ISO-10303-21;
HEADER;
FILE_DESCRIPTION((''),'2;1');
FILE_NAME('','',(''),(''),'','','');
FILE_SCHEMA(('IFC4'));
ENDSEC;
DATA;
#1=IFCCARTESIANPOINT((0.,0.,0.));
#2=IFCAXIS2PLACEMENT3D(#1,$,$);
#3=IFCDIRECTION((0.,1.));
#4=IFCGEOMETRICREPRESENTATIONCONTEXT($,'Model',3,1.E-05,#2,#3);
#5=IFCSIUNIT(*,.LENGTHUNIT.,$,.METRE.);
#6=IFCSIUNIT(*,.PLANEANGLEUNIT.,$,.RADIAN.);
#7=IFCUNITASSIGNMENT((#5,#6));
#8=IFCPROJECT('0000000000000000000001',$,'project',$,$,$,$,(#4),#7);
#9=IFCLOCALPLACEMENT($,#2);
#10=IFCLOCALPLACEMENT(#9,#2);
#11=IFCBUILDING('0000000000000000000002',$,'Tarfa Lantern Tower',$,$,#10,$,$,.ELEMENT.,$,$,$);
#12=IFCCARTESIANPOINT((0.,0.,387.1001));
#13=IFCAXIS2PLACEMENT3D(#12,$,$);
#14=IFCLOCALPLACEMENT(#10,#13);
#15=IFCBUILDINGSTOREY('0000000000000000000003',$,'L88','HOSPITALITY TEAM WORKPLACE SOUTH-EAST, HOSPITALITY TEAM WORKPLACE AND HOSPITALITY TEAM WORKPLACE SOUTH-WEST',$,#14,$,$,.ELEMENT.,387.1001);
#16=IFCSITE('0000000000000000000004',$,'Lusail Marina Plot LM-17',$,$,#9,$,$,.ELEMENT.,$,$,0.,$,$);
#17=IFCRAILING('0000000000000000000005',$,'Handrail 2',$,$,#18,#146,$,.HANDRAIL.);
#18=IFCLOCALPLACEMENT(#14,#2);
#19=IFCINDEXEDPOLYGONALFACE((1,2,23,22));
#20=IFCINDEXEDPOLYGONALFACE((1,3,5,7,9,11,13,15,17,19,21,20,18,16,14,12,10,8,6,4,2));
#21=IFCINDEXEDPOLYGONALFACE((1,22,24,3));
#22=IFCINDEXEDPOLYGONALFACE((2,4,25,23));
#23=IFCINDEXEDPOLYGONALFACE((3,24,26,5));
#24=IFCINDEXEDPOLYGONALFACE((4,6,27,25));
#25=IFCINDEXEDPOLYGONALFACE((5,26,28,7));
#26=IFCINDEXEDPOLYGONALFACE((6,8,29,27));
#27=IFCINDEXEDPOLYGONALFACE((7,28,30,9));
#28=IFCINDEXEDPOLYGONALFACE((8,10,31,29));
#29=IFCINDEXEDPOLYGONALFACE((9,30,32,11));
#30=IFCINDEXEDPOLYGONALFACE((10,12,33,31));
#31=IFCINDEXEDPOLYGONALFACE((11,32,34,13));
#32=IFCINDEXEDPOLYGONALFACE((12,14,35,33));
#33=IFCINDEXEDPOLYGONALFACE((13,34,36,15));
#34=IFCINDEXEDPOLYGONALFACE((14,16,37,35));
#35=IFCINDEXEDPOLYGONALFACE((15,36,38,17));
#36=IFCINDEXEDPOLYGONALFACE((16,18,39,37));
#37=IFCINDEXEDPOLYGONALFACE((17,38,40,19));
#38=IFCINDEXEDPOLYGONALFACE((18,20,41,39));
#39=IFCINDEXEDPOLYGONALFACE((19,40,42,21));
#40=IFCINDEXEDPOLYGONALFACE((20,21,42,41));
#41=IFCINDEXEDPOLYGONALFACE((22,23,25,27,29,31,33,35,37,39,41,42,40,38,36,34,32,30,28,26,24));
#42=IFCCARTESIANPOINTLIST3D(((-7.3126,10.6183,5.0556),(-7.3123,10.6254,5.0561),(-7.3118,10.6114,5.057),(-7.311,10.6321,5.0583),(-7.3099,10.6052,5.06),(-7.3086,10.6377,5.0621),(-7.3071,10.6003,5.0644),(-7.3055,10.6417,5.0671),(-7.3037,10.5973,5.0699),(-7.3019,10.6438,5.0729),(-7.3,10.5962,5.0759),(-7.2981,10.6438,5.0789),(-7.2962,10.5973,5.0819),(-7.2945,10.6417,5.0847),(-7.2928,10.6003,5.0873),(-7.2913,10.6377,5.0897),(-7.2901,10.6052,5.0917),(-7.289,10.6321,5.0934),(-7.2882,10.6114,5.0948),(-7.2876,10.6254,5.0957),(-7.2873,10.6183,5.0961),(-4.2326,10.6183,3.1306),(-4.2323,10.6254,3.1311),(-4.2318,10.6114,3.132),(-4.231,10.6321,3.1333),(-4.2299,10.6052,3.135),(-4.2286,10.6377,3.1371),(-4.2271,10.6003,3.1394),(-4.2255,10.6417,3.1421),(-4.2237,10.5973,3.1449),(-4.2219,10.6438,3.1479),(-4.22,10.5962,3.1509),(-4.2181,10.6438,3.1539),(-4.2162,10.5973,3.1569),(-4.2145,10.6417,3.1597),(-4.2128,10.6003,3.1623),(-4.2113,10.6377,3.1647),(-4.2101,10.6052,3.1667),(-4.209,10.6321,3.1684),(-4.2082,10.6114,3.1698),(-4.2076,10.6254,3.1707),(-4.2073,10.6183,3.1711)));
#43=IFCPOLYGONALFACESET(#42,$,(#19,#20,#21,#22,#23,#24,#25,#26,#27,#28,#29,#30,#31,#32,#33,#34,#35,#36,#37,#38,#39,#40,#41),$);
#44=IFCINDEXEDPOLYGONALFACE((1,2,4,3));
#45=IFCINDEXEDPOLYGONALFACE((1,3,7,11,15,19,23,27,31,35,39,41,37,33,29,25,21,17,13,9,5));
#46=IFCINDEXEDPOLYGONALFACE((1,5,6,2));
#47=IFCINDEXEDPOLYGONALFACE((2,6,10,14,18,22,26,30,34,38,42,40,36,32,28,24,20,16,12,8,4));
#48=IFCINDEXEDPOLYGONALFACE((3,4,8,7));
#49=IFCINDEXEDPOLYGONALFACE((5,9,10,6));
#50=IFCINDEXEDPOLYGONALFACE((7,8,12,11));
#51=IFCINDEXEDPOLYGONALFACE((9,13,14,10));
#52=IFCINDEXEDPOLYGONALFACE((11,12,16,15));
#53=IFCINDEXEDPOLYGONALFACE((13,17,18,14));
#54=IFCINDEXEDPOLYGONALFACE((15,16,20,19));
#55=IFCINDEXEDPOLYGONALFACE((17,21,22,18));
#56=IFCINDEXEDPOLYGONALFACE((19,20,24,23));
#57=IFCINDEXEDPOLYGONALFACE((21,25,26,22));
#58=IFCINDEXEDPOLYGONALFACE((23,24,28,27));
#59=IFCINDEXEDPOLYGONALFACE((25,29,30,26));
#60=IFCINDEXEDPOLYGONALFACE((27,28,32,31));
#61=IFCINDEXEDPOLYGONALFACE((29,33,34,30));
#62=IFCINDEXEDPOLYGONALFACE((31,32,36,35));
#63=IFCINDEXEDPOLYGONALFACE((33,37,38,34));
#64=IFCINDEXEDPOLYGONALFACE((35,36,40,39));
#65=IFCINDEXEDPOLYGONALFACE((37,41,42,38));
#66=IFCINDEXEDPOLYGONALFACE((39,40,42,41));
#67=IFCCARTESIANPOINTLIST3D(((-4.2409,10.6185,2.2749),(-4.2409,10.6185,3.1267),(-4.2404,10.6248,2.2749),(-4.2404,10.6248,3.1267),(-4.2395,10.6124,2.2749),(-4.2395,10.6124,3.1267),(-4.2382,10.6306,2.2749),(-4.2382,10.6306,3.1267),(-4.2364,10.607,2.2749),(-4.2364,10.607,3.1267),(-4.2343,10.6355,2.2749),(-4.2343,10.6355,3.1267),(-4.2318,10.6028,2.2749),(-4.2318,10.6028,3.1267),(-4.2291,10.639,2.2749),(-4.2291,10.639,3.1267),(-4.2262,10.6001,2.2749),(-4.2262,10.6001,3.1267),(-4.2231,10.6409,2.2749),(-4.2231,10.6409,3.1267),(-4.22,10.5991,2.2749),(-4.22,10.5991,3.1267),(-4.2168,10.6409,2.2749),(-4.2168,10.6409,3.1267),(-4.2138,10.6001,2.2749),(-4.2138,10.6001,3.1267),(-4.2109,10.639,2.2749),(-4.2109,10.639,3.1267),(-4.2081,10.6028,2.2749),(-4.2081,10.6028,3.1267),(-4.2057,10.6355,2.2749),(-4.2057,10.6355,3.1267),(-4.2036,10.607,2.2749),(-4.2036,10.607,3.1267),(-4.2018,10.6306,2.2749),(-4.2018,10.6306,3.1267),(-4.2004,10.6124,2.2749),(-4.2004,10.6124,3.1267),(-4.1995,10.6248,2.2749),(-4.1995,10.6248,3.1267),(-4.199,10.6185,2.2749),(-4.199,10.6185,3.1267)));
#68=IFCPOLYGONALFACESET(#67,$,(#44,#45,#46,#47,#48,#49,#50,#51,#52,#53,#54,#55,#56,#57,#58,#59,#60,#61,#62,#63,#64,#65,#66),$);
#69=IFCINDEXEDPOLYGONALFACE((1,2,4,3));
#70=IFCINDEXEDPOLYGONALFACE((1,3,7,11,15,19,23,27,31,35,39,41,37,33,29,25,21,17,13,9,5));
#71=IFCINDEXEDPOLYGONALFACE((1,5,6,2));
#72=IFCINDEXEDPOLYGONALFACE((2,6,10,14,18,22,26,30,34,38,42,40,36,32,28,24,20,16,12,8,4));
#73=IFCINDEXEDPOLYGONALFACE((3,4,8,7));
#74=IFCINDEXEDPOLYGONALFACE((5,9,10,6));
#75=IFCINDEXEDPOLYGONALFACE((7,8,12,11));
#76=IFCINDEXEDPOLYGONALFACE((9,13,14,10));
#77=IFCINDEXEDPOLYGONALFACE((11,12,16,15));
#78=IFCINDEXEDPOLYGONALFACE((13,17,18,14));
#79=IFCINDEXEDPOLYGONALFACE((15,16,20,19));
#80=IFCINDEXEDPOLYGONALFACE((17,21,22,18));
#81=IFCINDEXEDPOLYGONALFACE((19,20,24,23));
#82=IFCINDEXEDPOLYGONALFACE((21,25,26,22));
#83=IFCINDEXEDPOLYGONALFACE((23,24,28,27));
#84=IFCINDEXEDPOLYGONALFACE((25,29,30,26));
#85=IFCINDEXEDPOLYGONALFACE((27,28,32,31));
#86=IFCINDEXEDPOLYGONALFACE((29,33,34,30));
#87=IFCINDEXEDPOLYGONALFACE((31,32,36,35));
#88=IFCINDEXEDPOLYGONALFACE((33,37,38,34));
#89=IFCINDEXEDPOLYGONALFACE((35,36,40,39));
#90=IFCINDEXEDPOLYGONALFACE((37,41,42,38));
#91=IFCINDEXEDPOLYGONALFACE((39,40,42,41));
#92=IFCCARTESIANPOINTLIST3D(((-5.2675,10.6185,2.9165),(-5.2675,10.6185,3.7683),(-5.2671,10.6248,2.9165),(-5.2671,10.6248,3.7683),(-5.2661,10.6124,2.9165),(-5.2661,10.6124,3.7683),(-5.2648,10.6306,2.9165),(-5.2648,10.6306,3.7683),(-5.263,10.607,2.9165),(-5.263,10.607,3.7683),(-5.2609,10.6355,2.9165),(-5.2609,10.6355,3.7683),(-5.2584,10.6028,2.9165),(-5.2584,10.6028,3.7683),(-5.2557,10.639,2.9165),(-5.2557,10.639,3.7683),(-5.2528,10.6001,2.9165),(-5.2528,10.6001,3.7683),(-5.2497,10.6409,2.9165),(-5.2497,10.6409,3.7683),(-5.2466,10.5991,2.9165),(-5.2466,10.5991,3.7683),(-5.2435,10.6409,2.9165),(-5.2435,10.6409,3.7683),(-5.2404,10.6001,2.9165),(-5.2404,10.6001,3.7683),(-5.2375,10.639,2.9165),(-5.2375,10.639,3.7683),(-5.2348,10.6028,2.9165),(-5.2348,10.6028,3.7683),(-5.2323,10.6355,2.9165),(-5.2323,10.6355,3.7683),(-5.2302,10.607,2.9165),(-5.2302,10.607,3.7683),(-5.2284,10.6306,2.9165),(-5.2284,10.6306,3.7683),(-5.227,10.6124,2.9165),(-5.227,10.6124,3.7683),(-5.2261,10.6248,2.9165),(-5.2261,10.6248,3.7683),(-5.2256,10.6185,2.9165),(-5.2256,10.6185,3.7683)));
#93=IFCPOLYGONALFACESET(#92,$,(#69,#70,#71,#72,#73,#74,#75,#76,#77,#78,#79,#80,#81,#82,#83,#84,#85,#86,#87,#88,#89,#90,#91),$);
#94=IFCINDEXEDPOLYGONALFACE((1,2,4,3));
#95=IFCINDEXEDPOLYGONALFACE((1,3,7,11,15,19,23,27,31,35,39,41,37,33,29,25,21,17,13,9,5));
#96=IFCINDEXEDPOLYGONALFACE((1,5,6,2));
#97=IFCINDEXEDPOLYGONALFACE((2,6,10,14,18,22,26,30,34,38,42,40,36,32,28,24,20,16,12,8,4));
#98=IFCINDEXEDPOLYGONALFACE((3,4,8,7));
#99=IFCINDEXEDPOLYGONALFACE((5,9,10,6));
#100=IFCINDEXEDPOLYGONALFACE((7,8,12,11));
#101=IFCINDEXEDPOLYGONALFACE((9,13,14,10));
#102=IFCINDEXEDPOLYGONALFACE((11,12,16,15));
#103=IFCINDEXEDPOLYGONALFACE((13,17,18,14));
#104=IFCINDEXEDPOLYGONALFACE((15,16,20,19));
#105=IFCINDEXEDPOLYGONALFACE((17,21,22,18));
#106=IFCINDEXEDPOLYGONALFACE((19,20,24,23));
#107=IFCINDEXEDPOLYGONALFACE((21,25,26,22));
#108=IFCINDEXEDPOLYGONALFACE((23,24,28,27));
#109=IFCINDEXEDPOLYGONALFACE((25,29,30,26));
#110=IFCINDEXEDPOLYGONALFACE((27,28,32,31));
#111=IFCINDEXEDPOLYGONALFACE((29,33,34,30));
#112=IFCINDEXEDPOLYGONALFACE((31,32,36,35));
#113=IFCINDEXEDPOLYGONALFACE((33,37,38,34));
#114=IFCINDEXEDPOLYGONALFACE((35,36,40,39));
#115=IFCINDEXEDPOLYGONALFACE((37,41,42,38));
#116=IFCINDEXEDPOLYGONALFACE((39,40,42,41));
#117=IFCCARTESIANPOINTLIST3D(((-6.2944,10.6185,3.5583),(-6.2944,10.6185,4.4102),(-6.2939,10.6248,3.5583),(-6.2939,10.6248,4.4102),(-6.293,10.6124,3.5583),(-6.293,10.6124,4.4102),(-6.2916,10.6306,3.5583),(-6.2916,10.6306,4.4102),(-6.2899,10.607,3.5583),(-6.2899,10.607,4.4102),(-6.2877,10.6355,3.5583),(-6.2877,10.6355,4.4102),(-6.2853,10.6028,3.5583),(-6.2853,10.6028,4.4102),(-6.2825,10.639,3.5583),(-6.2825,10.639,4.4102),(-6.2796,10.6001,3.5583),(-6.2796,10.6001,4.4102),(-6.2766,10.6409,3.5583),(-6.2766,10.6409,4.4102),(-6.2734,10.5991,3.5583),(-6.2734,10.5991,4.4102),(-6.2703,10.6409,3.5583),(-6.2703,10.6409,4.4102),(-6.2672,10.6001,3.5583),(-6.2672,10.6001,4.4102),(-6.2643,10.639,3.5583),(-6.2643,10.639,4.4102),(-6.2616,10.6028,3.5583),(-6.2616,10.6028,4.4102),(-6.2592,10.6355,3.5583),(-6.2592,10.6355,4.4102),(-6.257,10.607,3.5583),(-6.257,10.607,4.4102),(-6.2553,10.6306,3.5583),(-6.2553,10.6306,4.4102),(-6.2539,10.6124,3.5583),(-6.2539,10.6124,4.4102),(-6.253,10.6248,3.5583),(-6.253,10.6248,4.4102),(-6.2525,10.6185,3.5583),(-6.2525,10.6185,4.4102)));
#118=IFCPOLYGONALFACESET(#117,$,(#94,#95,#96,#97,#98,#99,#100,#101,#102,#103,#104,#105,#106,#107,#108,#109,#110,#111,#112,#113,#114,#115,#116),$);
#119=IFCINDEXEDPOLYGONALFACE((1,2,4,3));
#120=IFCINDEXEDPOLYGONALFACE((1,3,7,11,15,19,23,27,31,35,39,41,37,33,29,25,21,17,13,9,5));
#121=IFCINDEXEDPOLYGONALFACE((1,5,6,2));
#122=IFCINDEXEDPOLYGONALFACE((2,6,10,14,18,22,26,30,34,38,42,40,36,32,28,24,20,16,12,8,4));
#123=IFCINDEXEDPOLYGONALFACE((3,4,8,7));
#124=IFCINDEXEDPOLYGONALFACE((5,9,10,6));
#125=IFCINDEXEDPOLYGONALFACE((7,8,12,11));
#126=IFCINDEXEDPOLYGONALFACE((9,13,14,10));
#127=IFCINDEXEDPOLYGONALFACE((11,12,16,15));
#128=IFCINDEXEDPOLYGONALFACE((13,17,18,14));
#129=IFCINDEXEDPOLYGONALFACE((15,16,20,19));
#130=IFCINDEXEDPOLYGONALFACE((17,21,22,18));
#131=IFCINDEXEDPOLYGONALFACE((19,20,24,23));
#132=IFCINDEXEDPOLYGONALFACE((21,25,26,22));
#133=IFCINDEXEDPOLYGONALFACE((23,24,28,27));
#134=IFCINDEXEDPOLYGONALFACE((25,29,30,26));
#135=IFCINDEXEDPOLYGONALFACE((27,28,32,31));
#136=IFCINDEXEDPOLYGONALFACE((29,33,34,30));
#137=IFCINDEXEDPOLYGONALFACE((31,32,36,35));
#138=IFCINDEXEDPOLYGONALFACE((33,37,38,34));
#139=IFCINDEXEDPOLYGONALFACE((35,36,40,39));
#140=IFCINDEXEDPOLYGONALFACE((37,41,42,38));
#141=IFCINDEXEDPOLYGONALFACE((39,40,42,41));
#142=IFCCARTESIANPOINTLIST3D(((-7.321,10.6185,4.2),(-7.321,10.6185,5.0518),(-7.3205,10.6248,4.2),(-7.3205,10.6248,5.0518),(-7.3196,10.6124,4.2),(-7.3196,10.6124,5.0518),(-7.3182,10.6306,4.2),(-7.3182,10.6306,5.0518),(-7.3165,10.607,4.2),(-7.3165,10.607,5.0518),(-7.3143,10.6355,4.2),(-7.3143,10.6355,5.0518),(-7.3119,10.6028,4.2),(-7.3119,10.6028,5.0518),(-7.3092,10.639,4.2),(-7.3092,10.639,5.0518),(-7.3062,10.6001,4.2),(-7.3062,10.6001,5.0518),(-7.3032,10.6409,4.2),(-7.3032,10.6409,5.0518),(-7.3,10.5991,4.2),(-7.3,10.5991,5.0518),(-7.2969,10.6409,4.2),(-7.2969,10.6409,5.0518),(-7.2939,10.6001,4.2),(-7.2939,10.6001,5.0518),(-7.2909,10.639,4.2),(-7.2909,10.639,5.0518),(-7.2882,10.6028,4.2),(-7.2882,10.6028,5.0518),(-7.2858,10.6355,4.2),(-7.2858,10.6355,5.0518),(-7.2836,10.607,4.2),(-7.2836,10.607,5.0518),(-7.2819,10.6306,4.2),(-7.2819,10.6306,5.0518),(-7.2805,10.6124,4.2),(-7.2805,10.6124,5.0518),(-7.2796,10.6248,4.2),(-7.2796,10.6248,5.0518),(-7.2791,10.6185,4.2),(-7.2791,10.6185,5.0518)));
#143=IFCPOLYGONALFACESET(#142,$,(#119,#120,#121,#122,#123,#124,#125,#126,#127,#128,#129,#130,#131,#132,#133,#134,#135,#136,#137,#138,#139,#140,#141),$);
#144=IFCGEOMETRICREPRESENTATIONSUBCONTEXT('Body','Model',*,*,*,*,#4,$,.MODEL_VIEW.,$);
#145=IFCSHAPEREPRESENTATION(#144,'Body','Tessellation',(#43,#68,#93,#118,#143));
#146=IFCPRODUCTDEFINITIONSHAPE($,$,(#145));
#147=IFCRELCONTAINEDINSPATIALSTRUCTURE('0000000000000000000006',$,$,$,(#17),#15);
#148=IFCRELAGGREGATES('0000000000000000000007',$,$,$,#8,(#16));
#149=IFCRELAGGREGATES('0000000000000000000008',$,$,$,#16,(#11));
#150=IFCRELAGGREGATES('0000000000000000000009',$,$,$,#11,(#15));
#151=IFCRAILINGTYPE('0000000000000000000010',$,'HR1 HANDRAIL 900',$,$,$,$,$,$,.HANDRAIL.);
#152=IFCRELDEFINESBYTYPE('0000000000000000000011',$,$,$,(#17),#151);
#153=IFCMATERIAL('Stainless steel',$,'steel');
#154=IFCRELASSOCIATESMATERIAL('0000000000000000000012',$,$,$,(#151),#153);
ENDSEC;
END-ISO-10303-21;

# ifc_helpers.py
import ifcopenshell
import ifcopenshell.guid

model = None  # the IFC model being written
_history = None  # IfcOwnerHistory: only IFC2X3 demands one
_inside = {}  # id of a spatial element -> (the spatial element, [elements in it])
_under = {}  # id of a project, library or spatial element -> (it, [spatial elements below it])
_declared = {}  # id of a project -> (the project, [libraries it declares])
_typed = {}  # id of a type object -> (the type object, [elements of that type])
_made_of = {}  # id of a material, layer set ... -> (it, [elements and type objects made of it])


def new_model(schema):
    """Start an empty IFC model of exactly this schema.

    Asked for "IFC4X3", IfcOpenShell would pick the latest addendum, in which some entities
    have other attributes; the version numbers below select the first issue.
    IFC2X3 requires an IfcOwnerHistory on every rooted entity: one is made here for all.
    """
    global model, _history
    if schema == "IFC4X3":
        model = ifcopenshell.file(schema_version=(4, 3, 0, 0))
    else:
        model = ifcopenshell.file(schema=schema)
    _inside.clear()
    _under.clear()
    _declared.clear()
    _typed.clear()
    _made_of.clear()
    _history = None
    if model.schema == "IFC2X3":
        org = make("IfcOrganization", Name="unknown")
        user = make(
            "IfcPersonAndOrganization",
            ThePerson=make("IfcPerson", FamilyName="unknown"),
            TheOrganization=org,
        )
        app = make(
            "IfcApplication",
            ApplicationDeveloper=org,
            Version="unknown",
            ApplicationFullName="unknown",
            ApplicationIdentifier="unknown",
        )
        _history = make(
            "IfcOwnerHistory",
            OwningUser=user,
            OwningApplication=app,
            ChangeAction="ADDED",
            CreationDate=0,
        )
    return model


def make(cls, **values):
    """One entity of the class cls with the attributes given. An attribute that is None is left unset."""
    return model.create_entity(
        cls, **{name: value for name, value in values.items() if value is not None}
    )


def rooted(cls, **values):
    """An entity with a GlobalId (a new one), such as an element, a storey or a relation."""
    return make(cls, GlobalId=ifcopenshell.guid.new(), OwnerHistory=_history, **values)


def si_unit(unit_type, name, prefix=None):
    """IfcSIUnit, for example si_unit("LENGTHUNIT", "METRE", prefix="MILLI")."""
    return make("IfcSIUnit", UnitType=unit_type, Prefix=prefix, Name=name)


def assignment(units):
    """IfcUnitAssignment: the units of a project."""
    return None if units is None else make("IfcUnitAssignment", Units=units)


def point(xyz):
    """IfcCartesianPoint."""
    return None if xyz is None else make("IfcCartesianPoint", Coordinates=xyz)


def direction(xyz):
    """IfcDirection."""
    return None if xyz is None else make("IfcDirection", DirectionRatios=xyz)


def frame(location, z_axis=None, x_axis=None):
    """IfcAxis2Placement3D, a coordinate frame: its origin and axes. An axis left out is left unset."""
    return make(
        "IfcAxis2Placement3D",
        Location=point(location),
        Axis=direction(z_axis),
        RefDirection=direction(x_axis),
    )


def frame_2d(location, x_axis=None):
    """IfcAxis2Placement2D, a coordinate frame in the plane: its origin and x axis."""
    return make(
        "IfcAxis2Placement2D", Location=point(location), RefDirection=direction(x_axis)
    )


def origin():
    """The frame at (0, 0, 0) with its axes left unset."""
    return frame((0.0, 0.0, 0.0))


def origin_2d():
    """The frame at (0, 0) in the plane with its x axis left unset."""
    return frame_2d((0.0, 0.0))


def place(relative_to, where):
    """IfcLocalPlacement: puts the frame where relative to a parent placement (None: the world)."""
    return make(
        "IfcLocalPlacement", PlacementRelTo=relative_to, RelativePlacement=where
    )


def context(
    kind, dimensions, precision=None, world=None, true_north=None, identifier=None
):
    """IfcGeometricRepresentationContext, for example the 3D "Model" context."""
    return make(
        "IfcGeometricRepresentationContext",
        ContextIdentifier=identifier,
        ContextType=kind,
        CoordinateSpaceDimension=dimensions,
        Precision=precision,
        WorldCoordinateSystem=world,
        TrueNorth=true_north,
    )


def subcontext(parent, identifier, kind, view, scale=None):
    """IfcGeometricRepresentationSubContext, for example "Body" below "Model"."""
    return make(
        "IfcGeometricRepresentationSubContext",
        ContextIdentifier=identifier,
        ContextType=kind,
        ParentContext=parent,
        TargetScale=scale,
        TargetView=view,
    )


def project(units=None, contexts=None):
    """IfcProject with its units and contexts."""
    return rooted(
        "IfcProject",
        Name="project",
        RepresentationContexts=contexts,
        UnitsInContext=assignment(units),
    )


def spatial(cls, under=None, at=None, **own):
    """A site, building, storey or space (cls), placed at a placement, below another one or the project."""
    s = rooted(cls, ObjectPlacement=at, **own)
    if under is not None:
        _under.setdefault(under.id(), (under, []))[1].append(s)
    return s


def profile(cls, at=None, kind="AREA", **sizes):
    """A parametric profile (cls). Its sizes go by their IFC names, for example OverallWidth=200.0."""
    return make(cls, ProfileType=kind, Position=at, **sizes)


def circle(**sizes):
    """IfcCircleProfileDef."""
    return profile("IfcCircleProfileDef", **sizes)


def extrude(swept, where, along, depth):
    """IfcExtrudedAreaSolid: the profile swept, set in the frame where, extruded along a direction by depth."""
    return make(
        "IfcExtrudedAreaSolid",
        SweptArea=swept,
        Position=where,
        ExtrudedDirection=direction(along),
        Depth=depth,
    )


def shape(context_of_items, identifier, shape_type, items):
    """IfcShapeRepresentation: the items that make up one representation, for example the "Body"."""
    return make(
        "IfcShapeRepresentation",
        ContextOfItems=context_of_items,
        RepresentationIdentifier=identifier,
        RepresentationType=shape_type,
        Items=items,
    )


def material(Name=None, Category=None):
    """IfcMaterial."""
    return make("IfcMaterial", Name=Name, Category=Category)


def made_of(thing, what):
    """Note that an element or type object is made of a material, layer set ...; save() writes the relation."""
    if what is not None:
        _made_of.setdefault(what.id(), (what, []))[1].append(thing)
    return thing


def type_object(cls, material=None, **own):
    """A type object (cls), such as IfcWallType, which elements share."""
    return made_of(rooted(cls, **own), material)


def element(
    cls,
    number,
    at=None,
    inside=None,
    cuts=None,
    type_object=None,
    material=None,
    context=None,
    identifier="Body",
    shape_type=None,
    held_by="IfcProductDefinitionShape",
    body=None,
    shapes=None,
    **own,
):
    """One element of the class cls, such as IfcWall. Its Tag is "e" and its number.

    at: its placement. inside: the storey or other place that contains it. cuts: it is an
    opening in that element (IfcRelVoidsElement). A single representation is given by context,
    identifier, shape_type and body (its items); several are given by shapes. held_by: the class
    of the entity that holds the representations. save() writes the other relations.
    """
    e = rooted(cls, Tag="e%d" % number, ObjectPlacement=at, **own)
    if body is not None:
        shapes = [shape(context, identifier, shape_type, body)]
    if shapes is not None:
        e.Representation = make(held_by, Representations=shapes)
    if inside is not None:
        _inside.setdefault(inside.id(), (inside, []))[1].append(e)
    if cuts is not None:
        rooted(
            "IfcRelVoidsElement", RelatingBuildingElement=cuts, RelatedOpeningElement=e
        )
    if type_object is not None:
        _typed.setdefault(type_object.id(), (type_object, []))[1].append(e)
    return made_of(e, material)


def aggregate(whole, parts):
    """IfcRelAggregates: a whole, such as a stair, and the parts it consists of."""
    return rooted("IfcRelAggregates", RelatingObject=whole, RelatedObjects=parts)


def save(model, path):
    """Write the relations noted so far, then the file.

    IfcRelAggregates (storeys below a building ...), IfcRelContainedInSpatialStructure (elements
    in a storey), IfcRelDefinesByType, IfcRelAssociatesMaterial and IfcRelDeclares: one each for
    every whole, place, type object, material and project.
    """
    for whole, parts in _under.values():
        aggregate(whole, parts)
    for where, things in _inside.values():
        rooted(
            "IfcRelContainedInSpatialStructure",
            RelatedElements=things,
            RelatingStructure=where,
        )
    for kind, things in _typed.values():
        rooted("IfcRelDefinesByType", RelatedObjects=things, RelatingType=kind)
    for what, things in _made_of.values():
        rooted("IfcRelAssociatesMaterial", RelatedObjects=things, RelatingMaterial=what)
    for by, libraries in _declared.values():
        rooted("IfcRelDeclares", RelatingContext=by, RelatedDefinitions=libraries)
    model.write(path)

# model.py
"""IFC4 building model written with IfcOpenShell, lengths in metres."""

from ifc_helpers import new_model, si_unit, direction, frame, origin, origin_2d, place, context, subcontext, project, spatial, circle, extrude, material, type_object, element, save


model = new_model("IFC4")

# Units and contexts
model_context = context("Model", 3, precision=1e-05, world=origin(), true_north=direction((0.0, 1.0)))
body_context = subcontext(model_context, "Body", "Model", "MODEL_VIEW")
ifc_project = project(units=[si_unit("LENGTHUNIT", "METRE"), si_unit("PLANEANGLEUNIT", "RADIAN")], contexts=[model_context])

# Site, building, storey
site_placement = place(None, origin())
site = spatial("IfcSite", under=ifc_project, at=site_placement, Name="Lusail Marina Plot LM-17", CompositionType="ELEMENT", RefElevation=0.0)
building_placement = place(site_placement, origin())
building = spatial("IfcBuilding", under=site, at=building_placement, Name="Tarfa Lantern Tower", CompositionType="ELEMENT")
storey_placement = place(building_placement, frame((0.0, 0.0, 387.1001)))
storey = spatial("IfcBuildingStorey", under=building, at=storey_placement, Name="L88", Description="HOSPITALITY TEAM WORKPLACE SOUTH-EAST, HOSPITALITY TEAM WORKPLACE AND HOSPITALITY TEAM WORKPLACE SOUTH-WEST", CompositionType="ELEMENT", Elevation=387.1001)

# Railing
ifc_material_1 = material(Name="Stainless steel", Category="steel")
railing_type = type_object("IfcRailingType", Name="HR1 HANDRAIL 900", PredefinedType="HANDRAIL", material=ifc_material_1)
railing_1_placement = place(storey_placement, frame((-4.22, 10.6201, 2.2749)))
element("IfcRailing", 1, at=railing_1_placement, inside=storey, type_object=railing_type, Name="Handrail 2", PredefinedType="HANDRAIL", context=body_context, shape_type="SweptSolid", body=[
    extrude(circle(Radius=0.0239, at=origin_2d()), frame((0.0, 0.0, 0.876), z_axis=(-0.847998, 0.0, 0.529999), x_axis=(0.0, -1.0, 0.0)), (0.0, 0.0, 1.0), 3.6321),
    extrude(circle(Radius=0.021, at=origin_2d()), frame((0.0, 0.0, 0.0), z_axis=(0.0, 0.0, 1.0), x_axis=(0.0, -1.0, 0.0)), (0.0, 0.0, 1.0), 0.8518),
    extrude(circle(Radius=0.021, at=origin_2d()), frame((-1.0266, 0.0, 0.6416), z_axis=(0.0, 0.0, 1.0), x_axis=(0.0, -1.0, 0.0)), (0.0, 0.0, 1.0), 0.8518),
    extrude(circle(Radius=0.021, at=origin_2d()), frame((-2.0535, 0.0, 1.2834), z_axis=(0.0, 0.0, 1.0), x_axis=(0.0, -1.0, 0.0)), (0.0, 0.0, 1.0), 0.8518),
    extrude(circle(Radius=0.021, at=origin_2d()), frame((-3.0801, 0.0, 1.925), z_axis=(0.0, 0.0, 1.0), x_axis=(0.0, -1.0, 0.0)), (0.0, 0.0, 1.0), 0.8518),
])

save(model, "model.ifc")
